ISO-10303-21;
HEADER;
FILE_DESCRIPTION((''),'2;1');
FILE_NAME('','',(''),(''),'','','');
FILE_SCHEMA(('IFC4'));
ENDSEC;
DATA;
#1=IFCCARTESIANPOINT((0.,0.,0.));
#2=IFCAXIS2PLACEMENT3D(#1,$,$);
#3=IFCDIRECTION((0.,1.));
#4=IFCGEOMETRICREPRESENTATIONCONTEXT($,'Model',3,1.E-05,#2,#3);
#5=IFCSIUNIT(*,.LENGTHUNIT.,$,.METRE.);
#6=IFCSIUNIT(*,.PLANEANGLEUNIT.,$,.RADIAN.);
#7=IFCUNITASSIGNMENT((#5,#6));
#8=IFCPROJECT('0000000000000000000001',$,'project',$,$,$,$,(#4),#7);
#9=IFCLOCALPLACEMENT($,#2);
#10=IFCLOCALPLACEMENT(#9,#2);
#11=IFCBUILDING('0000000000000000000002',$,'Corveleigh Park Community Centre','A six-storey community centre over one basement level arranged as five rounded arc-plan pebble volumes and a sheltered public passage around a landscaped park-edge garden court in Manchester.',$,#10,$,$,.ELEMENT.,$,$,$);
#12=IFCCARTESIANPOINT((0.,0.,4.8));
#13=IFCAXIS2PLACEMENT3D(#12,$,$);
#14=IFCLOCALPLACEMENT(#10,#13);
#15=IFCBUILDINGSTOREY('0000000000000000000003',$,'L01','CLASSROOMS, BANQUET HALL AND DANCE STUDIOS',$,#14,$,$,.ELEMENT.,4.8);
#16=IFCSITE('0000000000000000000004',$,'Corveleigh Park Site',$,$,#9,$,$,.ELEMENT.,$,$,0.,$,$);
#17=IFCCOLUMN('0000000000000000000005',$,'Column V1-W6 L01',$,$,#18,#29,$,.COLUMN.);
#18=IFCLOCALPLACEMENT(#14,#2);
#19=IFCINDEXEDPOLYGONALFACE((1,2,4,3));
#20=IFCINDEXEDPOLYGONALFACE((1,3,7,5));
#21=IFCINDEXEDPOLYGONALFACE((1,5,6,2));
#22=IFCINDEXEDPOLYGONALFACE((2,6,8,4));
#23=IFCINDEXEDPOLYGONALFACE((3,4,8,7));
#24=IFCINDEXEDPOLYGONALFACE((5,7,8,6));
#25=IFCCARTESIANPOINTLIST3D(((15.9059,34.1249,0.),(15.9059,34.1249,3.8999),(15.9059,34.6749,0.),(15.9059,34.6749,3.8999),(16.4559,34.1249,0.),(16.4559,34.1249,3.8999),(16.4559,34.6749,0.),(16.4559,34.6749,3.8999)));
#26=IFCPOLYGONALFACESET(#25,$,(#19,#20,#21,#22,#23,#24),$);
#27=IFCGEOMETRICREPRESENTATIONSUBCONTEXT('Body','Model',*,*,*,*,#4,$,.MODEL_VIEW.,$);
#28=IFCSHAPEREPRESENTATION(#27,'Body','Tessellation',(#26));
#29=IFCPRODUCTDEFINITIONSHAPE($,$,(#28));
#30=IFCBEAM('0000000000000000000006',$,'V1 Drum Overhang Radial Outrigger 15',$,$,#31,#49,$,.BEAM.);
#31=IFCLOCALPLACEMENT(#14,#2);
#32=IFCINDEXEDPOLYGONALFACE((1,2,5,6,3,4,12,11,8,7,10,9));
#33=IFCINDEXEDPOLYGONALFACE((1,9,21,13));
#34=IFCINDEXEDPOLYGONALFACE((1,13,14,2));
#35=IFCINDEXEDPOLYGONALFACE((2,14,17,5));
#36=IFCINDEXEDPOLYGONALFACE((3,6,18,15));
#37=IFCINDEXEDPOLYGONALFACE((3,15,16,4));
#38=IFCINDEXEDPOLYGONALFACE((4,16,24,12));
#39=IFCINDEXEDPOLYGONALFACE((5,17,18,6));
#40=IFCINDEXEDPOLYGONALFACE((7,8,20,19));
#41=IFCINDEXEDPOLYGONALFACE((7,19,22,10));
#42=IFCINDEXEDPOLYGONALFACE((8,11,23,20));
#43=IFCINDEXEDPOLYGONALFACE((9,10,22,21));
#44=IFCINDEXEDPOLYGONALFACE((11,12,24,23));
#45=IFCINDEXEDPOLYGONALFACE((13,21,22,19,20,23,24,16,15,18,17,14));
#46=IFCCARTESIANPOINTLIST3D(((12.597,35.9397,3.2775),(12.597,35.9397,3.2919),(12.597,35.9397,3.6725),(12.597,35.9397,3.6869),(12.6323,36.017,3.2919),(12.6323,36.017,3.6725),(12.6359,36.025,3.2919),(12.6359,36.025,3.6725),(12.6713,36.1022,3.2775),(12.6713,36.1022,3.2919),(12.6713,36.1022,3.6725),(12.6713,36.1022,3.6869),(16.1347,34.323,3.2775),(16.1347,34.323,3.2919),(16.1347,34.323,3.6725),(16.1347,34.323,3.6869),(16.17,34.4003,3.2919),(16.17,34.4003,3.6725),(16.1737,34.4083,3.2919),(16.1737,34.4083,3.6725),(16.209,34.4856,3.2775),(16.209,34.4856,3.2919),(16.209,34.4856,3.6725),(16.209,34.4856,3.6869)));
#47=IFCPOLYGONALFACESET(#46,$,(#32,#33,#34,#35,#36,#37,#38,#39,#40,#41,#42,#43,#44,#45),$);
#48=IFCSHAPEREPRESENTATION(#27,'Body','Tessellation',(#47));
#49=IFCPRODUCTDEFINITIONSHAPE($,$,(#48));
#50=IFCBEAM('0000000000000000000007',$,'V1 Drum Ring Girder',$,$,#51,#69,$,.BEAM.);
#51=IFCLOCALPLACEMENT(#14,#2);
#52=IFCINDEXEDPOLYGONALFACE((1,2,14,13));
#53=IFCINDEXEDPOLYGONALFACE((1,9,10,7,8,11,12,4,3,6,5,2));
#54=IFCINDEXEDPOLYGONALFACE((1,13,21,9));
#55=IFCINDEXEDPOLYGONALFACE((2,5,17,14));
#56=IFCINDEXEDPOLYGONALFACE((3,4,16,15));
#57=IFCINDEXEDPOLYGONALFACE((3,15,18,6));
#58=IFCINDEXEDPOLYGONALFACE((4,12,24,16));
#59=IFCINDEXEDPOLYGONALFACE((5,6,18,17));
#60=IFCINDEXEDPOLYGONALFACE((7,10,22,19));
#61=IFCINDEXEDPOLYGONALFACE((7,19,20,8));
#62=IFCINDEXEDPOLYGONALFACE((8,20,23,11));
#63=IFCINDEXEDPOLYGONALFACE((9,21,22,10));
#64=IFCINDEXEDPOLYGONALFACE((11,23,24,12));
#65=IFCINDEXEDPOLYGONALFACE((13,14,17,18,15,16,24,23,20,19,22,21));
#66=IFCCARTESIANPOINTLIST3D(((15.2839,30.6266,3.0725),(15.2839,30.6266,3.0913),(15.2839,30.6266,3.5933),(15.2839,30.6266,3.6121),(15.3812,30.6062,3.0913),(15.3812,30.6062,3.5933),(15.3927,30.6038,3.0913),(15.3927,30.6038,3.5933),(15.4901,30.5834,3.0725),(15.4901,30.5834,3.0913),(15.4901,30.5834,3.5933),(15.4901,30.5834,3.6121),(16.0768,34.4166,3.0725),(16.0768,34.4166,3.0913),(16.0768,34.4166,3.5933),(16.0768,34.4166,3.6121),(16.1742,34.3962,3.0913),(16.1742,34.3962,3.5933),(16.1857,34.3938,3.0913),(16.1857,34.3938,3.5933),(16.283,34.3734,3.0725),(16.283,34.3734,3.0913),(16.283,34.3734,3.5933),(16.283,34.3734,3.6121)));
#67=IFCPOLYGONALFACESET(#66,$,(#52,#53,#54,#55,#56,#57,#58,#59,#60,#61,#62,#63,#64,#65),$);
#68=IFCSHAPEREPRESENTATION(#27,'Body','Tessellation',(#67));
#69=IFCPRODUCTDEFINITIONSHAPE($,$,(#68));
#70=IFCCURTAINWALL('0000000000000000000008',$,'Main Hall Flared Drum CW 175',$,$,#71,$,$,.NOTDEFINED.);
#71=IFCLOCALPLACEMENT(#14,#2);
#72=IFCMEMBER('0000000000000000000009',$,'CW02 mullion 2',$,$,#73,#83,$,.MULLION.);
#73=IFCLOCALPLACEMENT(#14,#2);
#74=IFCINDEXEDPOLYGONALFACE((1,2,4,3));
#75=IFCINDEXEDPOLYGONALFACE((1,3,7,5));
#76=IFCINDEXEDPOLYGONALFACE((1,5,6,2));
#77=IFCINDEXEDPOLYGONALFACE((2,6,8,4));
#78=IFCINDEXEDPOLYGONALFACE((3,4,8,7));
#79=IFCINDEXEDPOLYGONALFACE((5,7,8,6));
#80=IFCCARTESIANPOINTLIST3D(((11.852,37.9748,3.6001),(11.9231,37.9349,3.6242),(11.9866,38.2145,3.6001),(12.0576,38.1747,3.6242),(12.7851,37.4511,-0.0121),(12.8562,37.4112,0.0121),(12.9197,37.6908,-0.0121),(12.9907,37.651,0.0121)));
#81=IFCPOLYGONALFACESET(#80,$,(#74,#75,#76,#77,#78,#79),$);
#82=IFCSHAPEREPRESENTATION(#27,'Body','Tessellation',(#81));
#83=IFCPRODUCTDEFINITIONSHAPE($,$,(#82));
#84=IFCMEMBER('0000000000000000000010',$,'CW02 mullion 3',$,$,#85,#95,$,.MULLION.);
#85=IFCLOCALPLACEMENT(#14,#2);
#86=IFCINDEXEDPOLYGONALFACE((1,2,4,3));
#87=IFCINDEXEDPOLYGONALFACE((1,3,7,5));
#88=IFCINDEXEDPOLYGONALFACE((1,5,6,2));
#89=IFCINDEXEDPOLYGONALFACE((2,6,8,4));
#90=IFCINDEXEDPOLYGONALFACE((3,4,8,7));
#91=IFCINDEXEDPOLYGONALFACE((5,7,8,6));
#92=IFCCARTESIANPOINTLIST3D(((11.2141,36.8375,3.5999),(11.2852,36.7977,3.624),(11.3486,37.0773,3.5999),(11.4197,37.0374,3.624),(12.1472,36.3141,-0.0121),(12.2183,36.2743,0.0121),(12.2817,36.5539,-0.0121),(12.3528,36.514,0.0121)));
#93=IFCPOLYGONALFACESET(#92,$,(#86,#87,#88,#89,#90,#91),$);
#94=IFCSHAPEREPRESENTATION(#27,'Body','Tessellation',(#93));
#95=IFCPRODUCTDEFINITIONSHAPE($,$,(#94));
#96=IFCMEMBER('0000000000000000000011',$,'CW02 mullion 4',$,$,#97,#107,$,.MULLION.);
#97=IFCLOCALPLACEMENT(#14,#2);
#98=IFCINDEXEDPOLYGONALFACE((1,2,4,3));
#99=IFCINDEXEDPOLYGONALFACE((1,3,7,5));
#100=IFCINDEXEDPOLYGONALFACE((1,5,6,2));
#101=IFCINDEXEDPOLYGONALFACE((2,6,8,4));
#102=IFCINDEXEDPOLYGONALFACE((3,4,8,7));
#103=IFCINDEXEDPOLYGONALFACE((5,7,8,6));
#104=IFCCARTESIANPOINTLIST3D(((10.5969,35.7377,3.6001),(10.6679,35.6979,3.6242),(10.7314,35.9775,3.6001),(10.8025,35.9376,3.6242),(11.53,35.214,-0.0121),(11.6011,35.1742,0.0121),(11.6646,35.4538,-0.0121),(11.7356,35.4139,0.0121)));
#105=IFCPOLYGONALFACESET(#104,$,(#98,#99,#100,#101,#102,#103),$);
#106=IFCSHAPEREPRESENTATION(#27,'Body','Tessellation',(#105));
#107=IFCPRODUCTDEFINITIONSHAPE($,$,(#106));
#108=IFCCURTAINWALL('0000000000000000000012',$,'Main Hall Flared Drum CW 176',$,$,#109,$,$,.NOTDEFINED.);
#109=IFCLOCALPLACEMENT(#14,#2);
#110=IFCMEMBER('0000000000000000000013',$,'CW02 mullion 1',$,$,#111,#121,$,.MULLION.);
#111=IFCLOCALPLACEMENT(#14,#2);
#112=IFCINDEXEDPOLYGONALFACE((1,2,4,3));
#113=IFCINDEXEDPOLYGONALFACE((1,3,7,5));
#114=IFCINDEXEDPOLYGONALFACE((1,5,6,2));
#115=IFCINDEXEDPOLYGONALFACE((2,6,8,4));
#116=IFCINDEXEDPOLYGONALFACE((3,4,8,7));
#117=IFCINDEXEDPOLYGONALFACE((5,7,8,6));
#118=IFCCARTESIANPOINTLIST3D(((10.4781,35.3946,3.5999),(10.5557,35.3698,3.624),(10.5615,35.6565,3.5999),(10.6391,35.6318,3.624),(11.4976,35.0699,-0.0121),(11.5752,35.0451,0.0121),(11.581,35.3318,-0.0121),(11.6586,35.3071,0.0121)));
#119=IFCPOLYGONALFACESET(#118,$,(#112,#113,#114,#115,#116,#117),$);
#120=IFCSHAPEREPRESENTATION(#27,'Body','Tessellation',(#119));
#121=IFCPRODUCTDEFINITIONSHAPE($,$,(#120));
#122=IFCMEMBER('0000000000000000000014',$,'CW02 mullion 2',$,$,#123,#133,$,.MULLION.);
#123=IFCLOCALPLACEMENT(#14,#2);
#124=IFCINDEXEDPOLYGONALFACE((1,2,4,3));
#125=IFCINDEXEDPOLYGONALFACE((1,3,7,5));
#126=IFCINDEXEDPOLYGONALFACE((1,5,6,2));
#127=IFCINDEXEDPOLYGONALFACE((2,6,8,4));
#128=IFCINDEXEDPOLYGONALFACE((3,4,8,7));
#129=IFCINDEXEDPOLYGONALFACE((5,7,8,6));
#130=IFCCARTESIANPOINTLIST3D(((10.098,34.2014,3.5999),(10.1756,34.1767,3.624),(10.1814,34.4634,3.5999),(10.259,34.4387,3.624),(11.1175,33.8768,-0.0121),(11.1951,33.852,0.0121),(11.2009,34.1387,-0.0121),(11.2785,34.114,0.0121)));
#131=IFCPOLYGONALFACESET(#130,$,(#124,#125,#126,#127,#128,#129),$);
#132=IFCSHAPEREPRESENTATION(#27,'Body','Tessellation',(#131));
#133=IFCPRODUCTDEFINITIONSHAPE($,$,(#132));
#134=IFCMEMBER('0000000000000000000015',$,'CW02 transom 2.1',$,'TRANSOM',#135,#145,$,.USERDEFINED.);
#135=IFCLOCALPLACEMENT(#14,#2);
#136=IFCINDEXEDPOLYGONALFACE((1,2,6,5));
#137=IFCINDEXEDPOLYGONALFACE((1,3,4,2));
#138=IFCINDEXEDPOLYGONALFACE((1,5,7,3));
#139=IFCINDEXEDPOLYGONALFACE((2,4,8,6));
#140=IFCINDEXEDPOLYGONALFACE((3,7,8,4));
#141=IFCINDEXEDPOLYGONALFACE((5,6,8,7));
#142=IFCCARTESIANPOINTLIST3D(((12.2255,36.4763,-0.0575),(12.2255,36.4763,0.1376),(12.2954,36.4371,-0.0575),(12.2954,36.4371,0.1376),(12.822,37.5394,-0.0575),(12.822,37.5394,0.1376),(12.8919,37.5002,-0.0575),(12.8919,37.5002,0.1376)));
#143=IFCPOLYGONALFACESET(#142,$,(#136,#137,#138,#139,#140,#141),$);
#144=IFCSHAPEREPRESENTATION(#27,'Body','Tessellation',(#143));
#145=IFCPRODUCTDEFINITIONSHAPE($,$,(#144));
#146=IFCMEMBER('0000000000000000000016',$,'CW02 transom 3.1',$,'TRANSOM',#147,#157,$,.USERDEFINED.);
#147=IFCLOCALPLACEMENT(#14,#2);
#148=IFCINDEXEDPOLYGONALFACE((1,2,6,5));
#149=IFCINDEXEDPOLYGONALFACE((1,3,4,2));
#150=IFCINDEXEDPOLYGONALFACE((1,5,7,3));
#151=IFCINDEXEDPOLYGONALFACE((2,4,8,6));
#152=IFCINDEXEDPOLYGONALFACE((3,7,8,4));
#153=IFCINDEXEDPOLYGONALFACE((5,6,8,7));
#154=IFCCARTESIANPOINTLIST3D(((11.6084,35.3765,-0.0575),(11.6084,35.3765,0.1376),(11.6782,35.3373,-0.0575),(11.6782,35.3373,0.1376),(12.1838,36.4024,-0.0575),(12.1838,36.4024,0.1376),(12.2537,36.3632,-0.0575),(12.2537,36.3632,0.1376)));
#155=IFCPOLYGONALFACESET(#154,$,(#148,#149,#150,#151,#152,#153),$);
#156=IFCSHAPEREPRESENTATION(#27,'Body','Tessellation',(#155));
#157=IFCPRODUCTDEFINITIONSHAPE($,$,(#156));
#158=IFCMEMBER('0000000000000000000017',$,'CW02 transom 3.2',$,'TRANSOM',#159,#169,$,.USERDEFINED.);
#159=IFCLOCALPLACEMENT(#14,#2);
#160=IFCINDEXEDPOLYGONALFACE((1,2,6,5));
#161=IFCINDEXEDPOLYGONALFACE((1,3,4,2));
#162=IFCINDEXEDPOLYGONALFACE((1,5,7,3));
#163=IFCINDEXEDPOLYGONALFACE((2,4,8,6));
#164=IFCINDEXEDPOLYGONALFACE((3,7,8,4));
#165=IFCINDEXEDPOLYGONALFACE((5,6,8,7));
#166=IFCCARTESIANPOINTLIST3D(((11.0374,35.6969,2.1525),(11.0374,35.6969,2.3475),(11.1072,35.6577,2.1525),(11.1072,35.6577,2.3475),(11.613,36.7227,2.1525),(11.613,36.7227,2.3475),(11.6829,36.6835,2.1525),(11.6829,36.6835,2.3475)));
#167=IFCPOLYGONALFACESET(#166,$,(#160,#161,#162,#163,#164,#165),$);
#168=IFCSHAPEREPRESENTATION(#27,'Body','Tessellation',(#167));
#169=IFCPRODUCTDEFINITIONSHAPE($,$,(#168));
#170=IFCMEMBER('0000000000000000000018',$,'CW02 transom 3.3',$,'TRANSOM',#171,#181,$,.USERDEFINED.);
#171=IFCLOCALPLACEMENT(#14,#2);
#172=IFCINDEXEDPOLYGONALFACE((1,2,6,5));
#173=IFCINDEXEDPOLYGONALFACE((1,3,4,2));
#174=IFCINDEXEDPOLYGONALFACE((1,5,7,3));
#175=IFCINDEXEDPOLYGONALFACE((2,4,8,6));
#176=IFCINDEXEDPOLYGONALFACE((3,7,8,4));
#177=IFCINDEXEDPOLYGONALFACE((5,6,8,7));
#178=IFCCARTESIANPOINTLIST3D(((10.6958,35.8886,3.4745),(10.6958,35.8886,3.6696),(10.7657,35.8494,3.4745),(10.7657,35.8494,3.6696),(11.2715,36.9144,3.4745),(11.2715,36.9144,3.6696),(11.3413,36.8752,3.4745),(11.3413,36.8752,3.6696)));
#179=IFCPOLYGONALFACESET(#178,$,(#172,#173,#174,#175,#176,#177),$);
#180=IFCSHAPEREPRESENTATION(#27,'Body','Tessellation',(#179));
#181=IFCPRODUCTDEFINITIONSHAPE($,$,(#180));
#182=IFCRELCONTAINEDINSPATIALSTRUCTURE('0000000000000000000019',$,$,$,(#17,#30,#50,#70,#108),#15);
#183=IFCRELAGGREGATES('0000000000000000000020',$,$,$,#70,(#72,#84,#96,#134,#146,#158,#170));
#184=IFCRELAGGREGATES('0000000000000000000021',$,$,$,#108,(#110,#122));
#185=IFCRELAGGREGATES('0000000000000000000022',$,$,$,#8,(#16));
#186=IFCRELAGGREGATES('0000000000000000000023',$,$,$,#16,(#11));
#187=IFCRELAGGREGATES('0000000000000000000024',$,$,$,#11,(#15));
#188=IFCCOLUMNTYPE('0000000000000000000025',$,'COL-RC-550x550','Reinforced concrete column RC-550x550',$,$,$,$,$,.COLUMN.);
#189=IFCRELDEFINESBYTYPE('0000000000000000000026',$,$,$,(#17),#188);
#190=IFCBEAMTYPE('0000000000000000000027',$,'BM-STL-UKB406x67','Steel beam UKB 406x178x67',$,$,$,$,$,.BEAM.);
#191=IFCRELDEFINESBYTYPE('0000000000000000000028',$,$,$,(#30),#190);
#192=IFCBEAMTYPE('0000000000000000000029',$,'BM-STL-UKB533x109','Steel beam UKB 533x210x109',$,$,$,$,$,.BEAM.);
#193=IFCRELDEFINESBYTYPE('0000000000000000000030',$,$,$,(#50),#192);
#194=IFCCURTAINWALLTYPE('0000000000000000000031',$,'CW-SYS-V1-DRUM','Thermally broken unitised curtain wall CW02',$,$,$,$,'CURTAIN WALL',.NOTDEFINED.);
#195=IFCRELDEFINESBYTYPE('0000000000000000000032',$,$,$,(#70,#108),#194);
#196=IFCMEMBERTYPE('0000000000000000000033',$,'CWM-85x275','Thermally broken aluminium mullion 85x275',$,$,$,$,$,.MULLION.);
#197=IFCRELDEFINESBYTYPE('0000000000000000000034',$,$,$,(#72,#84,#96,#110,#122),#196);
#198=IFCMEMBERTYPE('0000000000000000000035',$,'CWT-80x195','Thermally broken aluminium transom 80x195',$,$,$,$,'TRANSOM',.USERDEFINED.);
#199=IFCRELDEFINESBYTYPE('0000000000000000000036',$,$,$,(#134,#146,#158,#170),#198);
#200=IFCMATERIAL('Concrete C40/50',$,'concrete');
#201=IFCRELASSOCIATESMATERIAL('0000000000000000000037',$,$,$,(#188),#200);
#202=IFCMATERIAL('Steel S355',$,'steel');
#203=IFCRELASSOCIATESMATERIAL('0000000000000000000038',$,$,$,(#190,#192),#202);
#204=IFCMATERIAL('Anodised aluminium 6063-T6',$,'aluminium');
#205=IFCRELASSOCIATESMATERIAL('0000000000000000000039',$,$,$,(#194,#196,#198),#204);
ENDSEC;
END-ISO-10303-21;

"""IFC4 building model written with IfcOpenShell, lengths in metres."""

from ifc_helpers import new_model, si_unit, direction, frame, origin, origin_2d, place, context, subcontext, project, spatial, rectangle, i_section, extrude, material, material_profile, profile_set, type_object, element, aggregate, save


model = new_model("IFC4")

# Units and contexts
model_context = context("Model", 3, precision=1e-05, world=origin(), true_north=direction((0.0, 1.0)))
body_context = subcontext(model_context, "Body", "Model", "MODEL_VIEW")
ifc_project = project(units=[si_unit("LENGTHUNIT", "METRE"), si_unit("PLANEANGLEUNIT", "RADIAN")], contexts=[model_context])

# Site, building, storey
site_placement = place(None, origin())
site = spatial("IfcSite", under=ifc_project, at=site_placement, Name="Corveleigh Park Site", CompositionType="ELEMENT", RefElevation=0.0)
building_placement = place(site_placement, origin())
building = spatial("IfcBuilding", under=site, at=building_placement, Name="Corveleigh Park Community Centre", Description="A six-storey community centre over one basement level arranged as five rounded arc-plan pebble volumes and a sheltered public passage around a landscaped park-edge garden court in Manchester.", CompositionType="ELEMENT")
storey_placement = place(building_placement, frame((0.0, 0.0, 4.8)))
storey = spatial("IfcBuildingStorey", under=building, at=storey_placement, Name="L01", Description="CLASSROOMS, BANQUET HALL AND DANCE STUDIOS", CompositionType="ELEMENT", Elevation=4.8)

# Column
ifc_material_1 = material(Name="Concrete C40/50", Category="concrete")
ifc_material_profile_1 = material_profile(ifc_material_1, rectangle(XDim=0.55, YDim=0.55, at=origin_2d()), Name="RC-550x550", Category="concrete")
ifc_profile_set_1 = profile_set([ifc_material_profile_1], Name="Concrete C40/50")
column_type = type_object("IfcColumnType", Name="COL-RC-550x550", Description="Reinforced concrete column RC-550x550", PredefinedType="COLUMN", material=ifc_profile_set_1)
column_placement = place(storey_placement, frame((16.1809, 34.3999, 0.0), z_axis=(0.0, 0.0, 1.0), x_axis=(1.0, 0.0, 0.0)))
element("IfcColumn", 1, at=column_placement, inside=storey, type_object=column_type, Name="Column V1-W6 L01", PredefinedType="COLUMN", context=body_context, shape_type="SweptSolid", body=[
    extrude(rectangle(XDim=0.55, YDim=0.55, at=origin_2d()), origin(), (0.0, 0.0, 1.0), 3.8999),
])

# Beams
ifc_material_2 = material(Name="Steel S355", Category="steel")
ifc_material_profile_2 = material_profile(ifc_material_2, i_section(OverallWidth=0.1787, OverallDepth=0.4094, WebThickness=0.0088, FlangeThickness=0.0144, at=origin_2d()), Name="UKB 406x178x67", Category="steel")
ifc_profile_set_2 = profile_set([ifc_material_profile_2], Name="Steel S355")
beam_type_1 = type_object("IfcBeamType", Name="BM-STL-UKB406x67", Description="Steel beam UKB 406x178x67", PredefinedType="BEAM", material=ifc_profile_set_2)
beam_1_placement = place(storey_placement, frame((16.1719, 34.4043, 3.4822), z_axis=(-0.909533, 0.415632, 0.0), x_axis=(-0.415632, -0.909533, 0.0)))
element("IfcBeam", 2, at=beam_1_placement, inside=storey, type_object=beam_type_1, Name="V1 Drum Overhang Radial Outrigger 15", PredefinedType="BEAM", context=body_context, shape_type="SweptSolid", body=[
    extrude(i_section(OverallWidth=0.1787, OverallDepth=0.4094, WebThickness=0.0088, FlangeThickness=0.0144, at=origin_2d()), origin(), (0.0, 0.0, 1.0), 3.8896),
])
ifc_material_profile_3 = material_profile(ifc_material_2, i_section(OverallWidth=0.2107, OverallDepth=0.5396, WebThickness=0.0117, FlangeThickness=0.0188, at=origin_2d()), Name="UKB 533x210x109", Category="steel")
ifc_profile_set_3 = profile_set([ifc_material_profile_3], Name="Steel S355")
beam_type_2 = type_object("IfcBeamType", Name="BM-STL-UKB533x109", Description="Steel beam UKB 533x210x109", PredefinedType="BEAM", material=ifc_profile_set_3)
beam_2_placement = place(storey_placement, frame((16.1799, 34.395, 3.3423), z_axis=(-0.20479, -0.978806, 0.0), x_axis=(0.978806, -0.20479, 0.0)))
element("IfcBeam", 3, at=beam_2_placement, inside=storey, type_object=beam_type_2, Name="V1 Drum Ring Girder", PredefinedType="BEAM", context=body_context, shape_type="SweptSolid", body=[
    extrude(i_section(OverallWidth=0.2107, OverallDepth=0.5396, WebThickness=0.0117, FlangeThickness=0.0188, at=origin_2d()), origin(), (0.0, 0.0, 1.0), 3.8721),
])

# Curtain walls, members
ifc_material_3 = material(Name="Anodised aluminium 6063-T6", Category="aluminium")
curtain_wall_type = type_object("IfcCurtainWallType", Name="CW-SYS-V1-DRUM", Description="Thermally broken unitised curtain wall CW02", ElementType="CURTAIN WALL", PredefinedType="NOTDEFINED", material=ifc_material_3)
curtain_wall_1_placement = place(storey_placement, origin())
curtain_wall_1 = element("IfcCurtainWall", 4, at=curtain_wall_1_placement, inside=storey, type_object=curtain_wall_type, Name="Main Hall Flared Drum CW 175", PredefinedType="NOTDEFINED")
ifc_material_profile_4 = material_profile(ifc_material_3, rectangle(XDim=0.085, YDim=0.2749, at=origin_2d()), Name="ALU-M85x275", Category="aluminium")
ifc_profile_set_4 = profile_set([ifc_material_profile_4], Name="Anodised aluminium 6063-T6")
member_type_1 = type_object("IfcMemberType", Name="CWM-85x275", Description="Thermally broken aluminium mullion 85x275", PredefinedType="MULLION", material=ifc_profile_set_4)
member_1_placement = place(storey_placement, frame((12.8879, 37.551, 0.0), z_axis=(-0.247691, 0.13901, 0.958815), x_axis=(0.836135, -0.469259, 0.284033)))
member_1 = element("IfcMember", 5, at=member_1_placement, type_object=member_type_1, Name="CW02 mullion 2", PredefinedType="MULLION", context=body_context, shape_type="SweptSolid", body=[
    extrude(rectangle(XDim=0.085, YDim=0.2749, at=origin_2d()), origin(), (0.0, 0.0, 1.0), 3.7673),
])
member_2_placement = place(storey_placement, frame((12.25, 36.4141, 0.0), z_axis=(-0.247693, 0.138947, 0.958823), x_axis=(0.836235, -0.469097, 0.284004)))
member_2 = element("IfcMember", 6, at=member_2_placement, type_object=member_type_1, Name="CW02 mullion 3", PredefinedType="MULLION", context=body_context, shape_type="SweptSolid", body=[
    extrude(rectangle(XDim=0.085, YDim=0.2749, at=origin_2d()), origin(), (0.0, 0.0, 1.0), 3.7671),
])
member_3_placement = place(storey_placement, frame((11.6328, 35.314, 0.0), z_axis=(-0.247691, 0.13901, 0.958815), x_axis=(0.836135, -0.469259, 0.284033)))
member_3 = element("IfcMember", 7, at=member_3_placement, type_object=member_type_1, Name="CW02 mullion 4", PredefinedType="MULLION", context=body_context, shape_type="SweptSolid", body=[
    extrude(rectangle(XDim=0.085, YDim=0.2749, at=origin_2d()), origin(), (0.0, 0.0, 1.0), 3.7673),
])
curtain_wall_2_placement = place(storey_placement, origin())
curtain_wall_2 = element("IfcCurtainWall", 8, at=curtain_wall_2_placement, inside=storey, type_object=curtain_wall_type, Name="Main Hall Flared Drum CW 176", PredefinedType="NOTDEFINED")
member_4_placement = place(storey_placement, frame((11.5781, 35.1885, 0.0), z_axis=(-0.270633, 0.086193, 0.958816), x_axis=(0.9136, -0.290969, 0.284027)))
member_4 = element("IfcMember", 9, at=member_4_placement, type_object=member_type_1, Name="CW02 mullion 1", PredefinedType="MULLION", context=body_context, shape_type="SweptSolid", body=[
    extrude(rectangle(XDim=0.085, YDim=0.2749, at=origin_2d()), origin(), (0.0, 0.0, 1.0), 3.7671),
])
member_5_placement = place(storey_placement, frame((11.198, 33.9954, 0.0), z_axis=(-0.270633, 0.086193, 0.958816), x_axis=(0.9136, -0.290969, 0.284027)))
member_5 = element("IfcMember", 10, at=member_5_placement, type_object=member_type_1, Name="CW02 mullion 2", PredefinedType="MULLION", context=body_context, shape_type="SweptSolid", body=[
    extrude(rectangle(XDim=0.085, YDim=0.2749, at=origin_2d()), origin(), (0.0, 0.0, 1.0), 3.7671),
])

# Members
ifc_material_profile_5 = material_profile(ifc_material_3, rectangle(XDim=0.0801, YDim=0.1951, at=origin_2d()), Name="ALU-T80x195", Category="aluminium")
ifc_profile_set_5 = profile_set([ifc_material_profile_5], Name="Anodised aluminium 6063-T6")
member_type_2 = type_object("IfcMemberType", Name="CWT-80x195", Description="Thermally broken aluminium transom 80x195", ElementType="TRANSOM", PredefinedType="USERDEFINED", material=ifc_profile_set_5)
member_6_placement = place(storey_placement, frame((12.8569, 37.5198, 0.04), z_axis=(-0.489329, -0.872099, 0.0), x_axis=(0.872099, -0.489329, 0.0)))
member_6 = element("IfcMember", 11, at=member_6_placement, type_object=member_type_2, Name="CW02 transom 2.1", ObjectType="TRANSOM", PredefinedType="USERDEFINED", context=body_context, shape_type="SweptSolid", body=[
    extrude(rectangle(XDim=0.0801, YDim=0.1951, at=origin_2d()), origin(), (0.0, 0.0, 1.0), 1.219),
])
member_7_placement = place(storey_placement, frame((12.2188, 36.3828, 0.04), z_axis=(-0.489216, -0.872162, 0.0), x_axis=(0.872162, -0.489216, 0.0)))
member_7 = element("IfcMember", 12, at=member_7_placement, type_object=member_type_2, Name="CW02 transom 3.1", ObjectType="TRANSOM", PredefinedType="USERDEFINED", context=body_context, shape_type="SweptSolid", body=[
    extrude(rectangle(XDim=0.0801, YDim=0.1951, at=origin_2d()), origin(), (0.0, 0.0, 1.0), 1.1763),
])
member_8_placement = place(storey_placement, frame((11.6479, 36.7031, 2.25), z_axis=(-0.489374, -0.872074, 0.0), x_axis=(0.872074, -0.489374, 0.0)))
member_8 = element("IfcMember", 13, at=member_8_placement, type_object=member_type_2, Name="CW02 transom 3.2", ObjectType="TRANSOM", PredefinedType="USERDEFINED", context=body_context, shape_type="SweptSolid", body=[
    extrude(rectangle(XDim=0.0801, YDim=0.1951, at=origin_2d()), origin(), (0.0, 0.0, 1.0), 1.1763),
])
member_9_placement = place(storey_placement, frame((11.3064, 36.8948, 3.572), z_axis=(-0.489374, -0.872074, 0.0), x_axis=(0.872074, -0.489374, 0.0)))
member_9 = element("IfcMember", 14, at=member_9_placement, type_object=member_type_2, Name="CW02 transom 3.3", ObjectType="TRANSOM", PredefinedType="USERDEFINED", context=body_context, shape_type="SweptSolid", body=[
    extrude(rectangle(XDim=0.0801, YDim=0.1951, at=origin_2d()), origin(), (0.0, 0.0, 1.0), 1.1763),
])

aggregate(curtain_wall_1, [member_1, member_2, member_3, member_6, member_7, member_8, member_9])
aggregate(curtain_wall_2, [member_4, member_5])

save(model, "model.ifc")
